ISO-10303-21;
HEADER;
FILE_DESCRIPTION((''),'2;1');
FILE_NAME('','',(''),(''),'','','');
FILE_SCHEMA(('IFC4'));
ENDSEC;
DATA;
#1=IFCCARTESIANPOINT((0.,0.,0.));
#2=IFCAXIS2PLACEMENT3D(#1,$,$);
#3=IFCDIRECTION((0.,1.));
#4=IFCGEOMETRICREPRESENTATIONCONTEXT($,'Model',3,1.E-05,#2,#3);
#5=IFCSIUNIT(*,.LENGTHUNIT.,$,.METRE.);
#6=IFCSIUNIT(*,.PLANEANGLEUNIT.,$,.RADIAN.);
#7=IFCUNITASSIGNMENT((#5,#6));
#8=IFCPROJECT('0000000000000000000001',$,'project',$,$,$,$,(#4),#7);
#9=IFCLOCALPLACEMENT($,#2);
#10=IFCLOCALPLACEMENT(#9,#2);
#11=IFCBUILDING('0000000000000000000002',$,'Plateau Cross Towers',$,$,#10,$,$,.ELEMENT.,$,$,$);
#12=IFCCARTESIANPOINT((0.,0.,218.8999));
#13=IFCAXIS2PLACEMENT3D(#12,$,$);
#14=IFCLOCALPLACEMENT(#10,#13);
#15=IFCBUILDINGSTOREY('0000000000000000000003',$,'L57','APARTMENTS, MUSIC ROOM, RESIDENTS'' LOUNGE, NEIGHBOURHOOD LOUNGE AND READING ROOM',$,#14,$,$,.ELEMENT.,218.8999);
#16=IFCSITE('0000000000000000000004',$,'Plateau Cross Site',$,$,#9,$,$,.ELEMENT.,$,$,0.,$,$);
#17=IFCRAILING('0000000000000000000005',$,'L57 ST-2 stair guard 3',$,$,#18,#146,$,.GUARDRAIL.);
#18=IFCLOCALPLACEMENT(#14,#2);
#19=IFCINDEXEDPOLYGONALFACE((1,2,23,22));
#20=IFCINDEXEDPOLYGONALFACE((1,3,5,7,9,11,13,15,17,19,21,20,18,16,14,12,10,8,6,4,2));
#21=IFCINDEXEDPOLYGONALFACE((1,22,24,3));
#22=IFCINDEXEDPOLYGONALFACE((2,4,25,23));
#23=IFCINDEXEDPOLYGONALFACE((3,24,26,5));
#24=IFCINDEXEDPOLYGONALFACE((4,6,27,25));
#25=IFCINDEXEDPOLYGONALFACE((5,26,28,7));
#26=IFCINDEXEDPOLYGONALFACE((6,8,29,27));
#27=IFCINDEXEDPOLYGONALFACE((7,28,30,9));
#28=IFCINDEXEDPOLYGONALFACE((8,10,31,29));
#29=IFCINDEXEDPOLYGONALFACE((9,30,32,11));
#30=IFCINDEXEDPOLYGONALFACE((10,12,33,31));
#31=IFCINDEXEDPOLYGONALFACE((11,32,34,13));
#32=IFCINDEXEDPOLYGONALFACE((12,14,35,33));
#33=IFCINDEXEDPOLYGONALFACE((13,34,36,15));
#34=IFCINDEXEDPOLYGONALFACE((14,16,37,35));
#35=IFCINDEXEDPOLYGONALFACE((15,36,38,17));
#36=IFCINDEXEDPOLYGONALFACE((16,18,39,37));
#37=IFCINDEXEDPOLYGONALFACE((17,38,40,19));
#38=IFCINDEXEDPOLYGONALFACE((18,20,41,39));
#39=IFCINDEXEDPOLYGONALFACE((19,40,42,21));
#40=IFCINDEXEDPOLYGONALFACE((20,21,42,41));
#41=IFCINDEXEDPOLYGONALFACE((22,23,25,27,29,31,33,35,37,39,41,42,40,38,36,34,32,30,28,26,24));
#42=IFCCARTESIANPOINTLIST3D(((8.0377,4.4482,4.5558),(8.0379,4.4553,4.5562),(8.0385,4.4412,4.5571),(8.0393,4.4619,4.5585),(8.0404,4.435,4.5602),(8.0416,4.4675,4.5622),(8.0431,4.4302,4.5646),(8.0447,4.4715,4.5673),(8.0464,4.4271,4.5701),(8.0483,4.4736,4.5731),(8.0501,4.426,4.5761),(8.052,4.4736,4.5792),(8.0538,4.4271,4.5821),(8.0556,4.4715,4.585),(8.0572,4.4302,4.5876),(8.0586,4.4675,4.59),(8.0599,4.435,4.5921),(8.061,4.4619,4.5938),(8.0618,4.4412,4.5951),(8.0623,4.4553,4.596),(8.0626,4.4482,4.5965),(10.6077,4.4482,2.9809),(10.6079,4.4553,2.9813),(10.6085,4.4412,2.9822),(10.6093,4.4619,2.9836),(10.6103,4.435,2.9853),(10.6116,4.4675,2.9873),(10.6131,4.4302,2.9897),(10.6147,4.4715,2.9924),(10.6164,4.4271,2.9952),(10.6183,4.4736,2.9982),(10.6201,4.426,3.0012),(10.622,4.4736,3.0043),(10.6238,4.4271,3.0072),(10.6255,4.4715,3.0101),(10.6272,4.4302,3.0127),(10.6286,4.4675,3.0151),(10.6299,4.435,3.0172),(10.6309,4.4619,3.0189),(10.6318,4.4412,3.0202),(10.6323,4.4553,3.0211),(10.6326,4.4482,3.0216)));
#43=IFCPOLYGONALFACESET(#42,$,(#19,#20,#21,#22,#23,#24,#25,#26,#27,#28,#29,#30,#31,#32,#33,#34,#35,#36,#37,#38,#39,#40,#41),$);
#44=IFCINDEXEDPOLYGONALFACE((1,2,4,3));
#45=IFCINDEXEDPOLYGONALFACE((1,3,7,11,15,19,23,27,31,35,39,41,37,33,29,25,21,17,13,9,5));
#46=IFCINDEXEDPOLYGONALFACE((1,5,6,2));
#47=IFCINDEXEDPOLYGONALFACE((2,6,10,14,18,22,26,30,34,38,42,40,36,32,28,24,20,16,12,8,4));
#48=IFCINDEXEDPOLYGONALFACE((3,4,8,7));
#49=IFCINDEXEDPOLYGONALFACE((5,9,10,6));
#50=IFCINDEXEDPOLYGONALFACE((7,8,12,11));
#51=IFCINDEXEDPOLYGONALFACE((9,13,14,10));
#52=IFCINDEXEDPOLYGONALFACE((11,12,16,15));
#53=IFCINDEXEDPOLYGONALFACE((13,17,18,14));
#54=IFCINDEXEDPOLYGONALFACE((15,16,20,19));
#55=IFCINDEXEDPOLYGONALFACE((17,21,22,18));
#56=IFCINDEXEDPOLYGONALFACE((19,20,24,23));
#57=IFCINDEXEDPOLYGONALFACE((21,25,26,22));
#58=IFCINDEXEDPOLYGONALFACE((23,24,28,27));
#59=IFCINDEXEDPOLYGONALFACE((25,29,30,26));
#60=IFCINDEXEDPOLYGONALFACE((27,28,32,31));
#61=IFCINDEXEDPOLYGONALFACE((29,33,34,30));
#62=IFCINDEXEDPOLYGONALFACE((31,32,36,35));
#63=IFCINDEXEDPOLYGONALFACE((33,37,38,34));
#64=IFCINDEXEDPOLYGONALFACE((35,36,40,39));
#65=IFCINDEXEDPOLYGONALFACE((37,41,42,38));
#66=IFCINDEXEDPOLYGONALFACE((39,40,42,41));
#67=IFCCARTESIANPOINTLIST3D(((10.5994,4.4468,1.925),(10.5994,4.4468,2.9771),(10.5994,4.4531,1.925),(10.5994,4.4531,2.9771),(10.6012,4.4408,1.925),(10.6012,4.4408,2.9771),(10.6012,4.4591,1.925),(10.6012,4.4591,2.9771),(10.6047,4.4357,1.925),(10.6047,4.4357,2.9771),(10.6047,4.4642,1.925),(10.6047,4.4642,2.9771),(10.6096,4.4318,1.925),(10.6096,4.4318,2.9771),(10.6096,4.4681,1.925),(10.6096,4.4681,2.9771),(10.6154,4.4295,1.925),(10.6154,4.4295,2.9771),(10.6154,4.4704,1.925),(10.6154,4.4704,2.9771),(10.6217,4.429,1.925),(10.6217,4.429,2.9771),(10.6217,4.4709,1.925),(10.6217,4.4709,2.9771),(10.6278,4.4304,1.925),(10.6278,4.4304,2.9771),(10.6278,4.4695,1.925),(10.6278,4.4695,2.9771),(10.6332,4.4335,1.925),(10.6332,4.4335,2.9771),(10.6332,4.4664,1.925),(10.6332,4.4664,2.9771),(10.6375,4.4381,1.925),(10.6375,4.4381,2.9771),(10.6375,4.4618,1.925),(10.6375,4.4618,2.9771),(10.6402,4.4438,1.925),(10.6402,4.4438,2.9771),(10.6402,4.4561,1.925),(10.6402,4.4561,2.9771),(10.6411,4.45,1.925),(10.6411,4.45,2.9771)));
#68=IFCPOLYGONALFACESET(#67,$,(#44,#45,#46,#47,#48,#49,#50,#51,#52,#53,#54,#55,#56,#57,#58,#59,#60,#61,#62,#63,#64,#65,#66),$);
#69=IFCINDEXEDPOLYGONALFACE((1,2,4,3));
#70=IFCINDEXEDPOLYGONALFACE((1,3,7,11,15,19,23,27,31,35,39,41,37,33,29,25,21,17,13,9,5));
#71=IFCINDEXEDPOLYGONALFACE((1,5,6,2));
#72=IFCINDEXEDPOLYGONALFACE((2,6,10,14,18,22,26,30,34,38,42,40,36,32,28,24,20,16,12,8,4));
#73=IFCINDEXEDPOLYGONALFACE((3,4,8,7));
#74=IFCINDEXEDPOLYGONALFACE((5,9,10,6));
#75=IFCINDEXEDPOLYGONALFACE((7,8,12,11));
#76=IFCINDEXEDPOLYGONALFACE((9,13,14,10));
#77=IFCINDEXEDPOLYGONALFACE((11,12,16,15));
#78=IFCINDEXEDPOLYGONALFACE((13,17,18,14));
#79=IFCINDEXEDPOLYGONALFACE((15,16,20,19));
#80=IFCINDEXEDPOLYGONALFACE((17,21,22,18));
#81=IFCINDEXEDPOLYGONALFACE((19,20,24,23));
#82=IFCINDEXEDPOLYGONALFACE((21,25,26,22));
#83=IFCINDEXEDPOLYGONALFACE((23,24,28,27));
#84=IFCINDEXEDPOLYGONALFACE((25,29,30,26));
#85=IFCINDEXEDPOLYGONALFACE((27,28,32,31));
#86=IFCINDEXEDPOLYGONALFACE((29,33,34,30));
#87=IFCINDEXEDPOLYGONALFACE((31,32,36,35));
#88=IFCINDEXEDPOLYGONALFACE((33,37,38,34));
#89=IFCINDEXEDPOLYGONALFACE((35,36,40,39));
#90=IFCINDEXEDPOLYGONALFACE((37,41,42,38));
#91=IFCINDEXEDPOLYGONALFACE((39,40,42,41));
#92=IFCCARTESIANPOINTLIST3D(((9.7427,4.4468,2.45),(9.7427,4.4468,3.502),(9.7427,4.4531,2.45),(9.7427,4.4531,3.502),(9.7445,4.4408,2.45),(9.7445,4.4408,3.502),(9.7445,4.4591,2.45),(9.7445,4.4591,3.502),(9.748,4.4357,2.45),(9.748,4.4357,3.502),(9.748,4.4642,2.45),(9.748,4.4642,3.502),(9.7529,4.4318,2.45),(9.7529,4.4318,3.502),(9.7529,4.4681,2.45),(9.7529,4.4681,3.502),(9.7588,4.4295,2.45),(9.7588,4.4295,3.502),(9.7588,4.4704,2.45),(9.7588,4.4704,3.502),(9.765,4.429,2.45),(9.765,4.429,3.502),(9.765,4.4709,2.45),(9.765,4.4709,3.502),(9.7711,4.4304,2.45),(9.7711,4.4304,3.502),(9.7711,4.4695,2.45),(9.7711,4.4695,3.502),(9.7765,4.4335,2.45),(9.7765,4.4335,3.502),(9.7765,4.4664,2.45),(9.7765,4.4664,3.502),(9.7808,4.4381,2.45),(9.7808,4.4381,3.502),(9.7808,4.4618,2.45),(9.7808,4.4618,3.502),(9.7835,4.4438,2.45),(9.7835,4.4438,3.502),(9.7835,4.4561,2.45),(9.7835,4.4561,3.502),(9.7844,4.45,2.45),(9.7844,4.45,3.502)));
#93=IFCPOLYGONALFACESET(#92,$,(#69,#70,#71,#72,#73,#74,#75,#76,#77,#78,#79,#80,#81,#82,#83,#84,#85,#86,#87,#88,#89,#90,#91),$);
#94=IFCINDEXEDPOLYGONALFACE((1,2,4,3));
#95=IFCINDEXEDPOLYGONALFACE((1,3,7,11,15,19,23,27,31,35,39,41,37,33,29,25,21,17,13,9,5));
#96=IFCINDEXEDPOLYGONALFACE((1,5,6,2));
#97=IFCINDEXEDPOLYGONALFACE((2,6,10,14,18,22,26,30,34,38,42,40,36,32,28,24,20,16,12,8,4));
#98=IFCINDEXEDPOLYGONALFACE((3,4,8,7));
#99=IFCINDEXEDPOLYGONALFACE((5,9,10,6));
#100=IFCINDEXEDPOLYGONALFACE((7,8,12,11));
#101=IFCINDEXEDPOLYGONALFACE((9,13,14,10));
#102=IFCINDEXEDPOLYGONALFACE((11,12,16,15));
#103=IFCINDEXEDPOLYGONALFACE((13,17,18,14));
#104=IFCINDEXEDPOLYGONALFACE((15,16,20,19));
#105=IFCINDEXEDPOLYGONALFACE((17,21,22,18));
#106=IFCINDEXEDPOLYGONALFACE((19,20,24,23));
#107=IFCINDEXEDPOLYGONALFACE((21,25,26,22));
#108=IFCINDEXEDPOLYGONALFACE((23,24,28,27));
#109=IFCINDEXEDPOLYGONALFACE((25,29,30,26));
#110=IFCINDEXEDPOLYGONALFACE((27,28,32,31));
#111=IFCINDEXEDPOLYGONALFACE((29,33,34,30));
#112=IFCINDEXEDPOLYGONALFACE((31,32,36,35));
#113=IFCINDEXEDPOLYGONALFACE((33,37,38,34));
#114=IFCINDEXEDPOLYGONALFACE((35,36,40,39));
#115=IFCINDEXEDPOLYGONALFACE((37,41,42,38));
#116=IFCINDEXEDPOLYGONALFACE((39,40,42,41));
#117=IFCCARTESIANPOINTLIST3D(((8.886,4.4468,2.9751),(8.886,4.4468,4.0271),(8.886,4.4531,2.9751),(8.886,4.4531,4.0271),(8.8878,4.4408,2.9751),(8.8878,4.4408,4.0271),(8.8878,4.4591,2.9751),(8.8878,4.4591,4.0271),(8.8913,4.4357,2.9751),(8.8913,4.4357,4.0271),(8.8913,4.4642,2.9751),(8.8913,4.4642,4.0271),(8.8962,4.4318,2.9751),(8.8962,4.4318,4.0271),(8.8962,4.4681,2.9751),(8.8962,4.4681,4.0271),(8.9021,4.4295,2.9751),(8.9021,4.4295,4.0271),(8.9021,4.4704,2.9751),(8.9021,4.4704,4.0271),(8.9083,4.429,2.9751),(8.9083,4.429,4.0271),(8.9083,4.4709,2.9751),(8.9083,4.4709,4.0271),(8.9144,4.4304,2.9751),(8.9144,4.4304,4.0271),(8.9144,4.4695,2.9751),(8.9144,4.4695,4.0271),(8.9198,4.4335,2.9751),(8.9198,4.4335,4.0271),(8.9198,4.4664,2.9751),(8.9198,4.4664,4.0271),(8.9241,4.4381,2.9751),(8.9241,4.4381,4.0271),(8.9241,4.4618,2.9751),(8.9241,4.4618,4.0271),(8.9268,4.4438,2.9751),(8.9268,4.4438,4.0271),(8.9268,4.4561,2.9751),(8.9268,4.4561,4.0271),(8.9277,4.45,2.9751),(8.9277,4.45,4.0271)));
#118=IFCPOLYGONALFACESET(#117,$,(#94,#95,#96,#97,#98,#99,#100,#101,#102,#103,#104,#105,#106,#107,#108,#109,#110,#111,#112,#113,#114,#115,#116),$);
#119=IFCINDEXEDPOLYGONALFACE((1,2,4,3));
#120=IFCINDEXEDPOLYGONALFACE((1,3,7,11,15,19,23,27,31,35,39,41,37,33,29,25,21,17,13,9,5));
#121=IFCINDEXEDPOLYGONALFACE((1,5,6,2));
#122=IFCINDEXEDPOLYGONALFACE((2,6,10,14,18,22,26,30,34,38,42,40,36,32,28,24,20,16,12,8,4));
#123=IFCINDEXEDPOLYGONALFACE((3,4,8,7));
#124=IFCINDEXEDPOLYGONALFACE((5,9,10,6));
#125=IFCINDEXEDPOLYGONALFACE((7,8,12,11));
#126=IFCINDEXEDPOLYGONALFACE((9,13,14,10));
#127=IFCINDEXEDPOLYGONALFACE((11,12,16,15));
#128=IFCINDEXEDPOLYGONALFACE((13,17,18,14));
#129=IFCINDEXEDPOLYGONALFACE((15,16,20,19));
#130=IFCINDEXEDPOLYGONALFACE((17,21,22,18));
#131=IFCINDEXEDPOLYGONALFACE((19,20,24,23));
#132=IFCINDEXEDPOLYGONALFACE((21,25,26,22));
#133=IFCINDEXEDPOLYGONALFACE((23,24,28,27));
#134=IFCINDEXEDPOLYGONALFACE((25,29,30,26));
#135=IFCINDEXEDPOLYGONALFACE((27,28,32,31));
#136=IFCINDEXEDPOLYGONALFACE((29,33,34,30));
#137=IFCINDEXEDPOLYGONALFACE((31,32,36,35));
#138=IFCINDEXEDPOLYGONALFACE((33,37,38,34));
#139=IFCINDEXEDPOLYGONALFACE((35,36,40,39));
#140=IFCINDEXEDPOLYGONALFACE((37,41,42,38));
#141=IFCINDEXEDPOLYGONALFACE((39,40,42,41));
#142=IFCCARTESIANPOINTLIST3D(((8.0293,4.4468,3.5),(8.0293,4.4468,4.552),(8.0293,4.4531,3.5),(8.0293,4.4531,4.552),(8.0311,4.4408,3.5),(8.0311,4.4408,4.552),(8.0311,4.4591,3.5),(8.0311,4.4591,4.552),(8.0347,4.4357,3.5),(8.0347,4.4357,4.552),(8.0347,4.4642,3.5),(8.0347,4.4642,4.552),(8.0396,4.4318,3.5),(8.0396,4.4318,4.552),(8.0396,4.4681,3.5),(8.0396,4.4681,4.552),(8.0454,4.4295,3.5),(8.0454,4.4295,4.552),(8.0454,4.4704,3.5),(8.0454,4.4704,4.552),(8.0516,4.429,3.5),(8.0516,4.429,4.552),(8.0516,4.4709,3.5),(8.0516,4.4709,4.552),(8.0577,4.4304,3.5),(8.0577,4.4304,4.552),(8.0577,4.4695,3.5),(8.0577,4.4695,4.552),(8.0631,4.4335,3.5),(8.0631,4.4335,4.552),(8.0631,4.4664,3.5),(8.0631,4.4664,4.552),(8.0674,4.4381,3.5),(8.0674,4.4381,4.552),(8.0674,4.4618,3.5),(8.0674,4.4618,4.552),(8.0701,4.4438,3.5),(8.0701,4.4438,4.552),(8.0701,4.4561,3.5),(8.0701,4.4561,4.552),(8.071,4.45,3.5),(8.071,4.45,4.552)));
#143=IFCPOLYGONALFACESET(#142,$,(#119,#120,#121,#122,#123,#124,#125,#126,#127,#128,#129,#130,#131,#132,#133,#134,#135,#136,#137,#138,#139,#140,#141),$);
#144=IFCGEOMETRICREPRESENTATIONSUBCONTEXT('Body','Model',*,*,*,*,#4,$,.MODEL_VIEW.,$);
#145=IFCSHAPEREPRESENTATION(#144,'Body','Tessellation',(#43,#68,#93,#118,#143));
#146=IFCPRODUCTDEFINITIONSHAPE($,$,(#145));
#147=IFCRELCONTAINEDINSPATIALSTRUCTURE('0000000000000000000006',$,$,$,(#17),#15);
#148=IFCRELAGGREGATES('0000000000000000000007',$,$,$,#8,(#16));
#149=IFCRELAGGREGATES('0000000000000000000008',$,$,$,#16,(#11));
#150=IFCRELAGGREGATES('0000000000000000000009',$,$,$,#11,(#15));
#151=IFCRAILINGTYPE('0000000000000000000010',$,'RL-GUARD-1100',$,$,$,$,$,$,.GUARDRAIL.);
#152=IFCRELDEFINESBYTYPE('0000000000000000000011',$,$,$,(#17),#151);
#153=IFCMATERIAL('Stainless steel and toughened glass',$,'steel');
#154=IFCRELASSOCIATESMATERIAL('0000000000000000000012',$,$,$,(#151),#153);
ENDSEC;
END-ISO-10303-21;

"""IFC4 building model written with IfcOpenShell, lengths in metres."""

from ifc_helpers import new_model, si_unit, direction, frame, origin, origin_2d, place, context, subcontext, project, spatial, circle, extrude, material, type_object, element, save


model = new_model("IFC4")

# Units and contexts
model_context = context("Model", 3, precision=1e-05, world=origin(), true_north=direction((0.0, 1.0)))
body_context = subcontext(model_context, "Body", "Model", "MODEL_VIEW")
ifc_project = project(units=[si_unit("LENGTHUNIT", "METRE"), si_unit("PLANEANGLEUNIT", "RADIAN")], contexts=[model_context])

# Site, building, storey
site_placement = place(None, origin())
site = spatial("IfcSite", under=ifc_project, at=site_placement, Name="Plateau Cross Site", CompositionType="ELEMENT", RefElevation=0.0)
building_placement = place(site_placement, origin())
building = spatial("IfcBuilding", under=site, at=building_placement, Name="Plateau Cross Towers", CompositionType="ELEMENT")
storey_placement = place(building_placement, frame((0.0, 0.0, 218.8999)))
storey = spatial("IfcBuildingStorey", under=building, at=storey_placement, Name="L57", Description="APARTMENTS, MUSIC ROOM, RESIDENTS' LOUNGE, NEIGHBOURHOOD LOUNGE AND READING ROOM", CompositionType="ELEMENT", Elevation=218.8999)

# Railing
ifc_material_1 = material(Name="Stainless steel and toughened glass", Category="steel")
railing_type_1 = type_object("IfcRailingType", Name="RL-GUARD-1100", PredefinedType="GUARDRAIL", material=ifc_material_1)
railing_1_placement = place(storey_placement, frame((10.6201, 4.45, 1.925)))
element("IfcRailing", 1, at=railing_1_placement, inside=storey, type_object=railing_type_1, Name="L57 ST-2 stair guard 3", PredefinedType="GUARDRAIL", context=body_context, shape_type="SweptSolid", body=[
    extrude(circle(Radius=0.0239, at=origin_2d()), frame((0.0, 0.0, 1.0762), z_axis=(-0.852639, 0.0, 0.522501), x_axis=(0.0, -1.0, 0.0)), (0.0, 0.0, 1.0), 3.0142),
    extrude(circle(Radius=0.021, at=origin_2d()), origin(), (0.0, 0.0, 1.0), 1.052),
    extrude(circle(Radius=0.021, at=origin_2d()), frame((-0.8567, 0.0, 0.5249)), (0.0, 0.0, 1.0), 1.052),
    extrude(circle(Radius=0.021, at=origin_2d()), frame((-1.7134, 0.0, 1.05)), (0.0, 0.0, 1.0), 1.052),
    extrude(circle(Radius=0.021, at=origin_2d()), frame((-2.5701, 0.0, 1.575)), (0.0, 0.0, 1.0), 1.052),
])

save(model, "model.ifc")
